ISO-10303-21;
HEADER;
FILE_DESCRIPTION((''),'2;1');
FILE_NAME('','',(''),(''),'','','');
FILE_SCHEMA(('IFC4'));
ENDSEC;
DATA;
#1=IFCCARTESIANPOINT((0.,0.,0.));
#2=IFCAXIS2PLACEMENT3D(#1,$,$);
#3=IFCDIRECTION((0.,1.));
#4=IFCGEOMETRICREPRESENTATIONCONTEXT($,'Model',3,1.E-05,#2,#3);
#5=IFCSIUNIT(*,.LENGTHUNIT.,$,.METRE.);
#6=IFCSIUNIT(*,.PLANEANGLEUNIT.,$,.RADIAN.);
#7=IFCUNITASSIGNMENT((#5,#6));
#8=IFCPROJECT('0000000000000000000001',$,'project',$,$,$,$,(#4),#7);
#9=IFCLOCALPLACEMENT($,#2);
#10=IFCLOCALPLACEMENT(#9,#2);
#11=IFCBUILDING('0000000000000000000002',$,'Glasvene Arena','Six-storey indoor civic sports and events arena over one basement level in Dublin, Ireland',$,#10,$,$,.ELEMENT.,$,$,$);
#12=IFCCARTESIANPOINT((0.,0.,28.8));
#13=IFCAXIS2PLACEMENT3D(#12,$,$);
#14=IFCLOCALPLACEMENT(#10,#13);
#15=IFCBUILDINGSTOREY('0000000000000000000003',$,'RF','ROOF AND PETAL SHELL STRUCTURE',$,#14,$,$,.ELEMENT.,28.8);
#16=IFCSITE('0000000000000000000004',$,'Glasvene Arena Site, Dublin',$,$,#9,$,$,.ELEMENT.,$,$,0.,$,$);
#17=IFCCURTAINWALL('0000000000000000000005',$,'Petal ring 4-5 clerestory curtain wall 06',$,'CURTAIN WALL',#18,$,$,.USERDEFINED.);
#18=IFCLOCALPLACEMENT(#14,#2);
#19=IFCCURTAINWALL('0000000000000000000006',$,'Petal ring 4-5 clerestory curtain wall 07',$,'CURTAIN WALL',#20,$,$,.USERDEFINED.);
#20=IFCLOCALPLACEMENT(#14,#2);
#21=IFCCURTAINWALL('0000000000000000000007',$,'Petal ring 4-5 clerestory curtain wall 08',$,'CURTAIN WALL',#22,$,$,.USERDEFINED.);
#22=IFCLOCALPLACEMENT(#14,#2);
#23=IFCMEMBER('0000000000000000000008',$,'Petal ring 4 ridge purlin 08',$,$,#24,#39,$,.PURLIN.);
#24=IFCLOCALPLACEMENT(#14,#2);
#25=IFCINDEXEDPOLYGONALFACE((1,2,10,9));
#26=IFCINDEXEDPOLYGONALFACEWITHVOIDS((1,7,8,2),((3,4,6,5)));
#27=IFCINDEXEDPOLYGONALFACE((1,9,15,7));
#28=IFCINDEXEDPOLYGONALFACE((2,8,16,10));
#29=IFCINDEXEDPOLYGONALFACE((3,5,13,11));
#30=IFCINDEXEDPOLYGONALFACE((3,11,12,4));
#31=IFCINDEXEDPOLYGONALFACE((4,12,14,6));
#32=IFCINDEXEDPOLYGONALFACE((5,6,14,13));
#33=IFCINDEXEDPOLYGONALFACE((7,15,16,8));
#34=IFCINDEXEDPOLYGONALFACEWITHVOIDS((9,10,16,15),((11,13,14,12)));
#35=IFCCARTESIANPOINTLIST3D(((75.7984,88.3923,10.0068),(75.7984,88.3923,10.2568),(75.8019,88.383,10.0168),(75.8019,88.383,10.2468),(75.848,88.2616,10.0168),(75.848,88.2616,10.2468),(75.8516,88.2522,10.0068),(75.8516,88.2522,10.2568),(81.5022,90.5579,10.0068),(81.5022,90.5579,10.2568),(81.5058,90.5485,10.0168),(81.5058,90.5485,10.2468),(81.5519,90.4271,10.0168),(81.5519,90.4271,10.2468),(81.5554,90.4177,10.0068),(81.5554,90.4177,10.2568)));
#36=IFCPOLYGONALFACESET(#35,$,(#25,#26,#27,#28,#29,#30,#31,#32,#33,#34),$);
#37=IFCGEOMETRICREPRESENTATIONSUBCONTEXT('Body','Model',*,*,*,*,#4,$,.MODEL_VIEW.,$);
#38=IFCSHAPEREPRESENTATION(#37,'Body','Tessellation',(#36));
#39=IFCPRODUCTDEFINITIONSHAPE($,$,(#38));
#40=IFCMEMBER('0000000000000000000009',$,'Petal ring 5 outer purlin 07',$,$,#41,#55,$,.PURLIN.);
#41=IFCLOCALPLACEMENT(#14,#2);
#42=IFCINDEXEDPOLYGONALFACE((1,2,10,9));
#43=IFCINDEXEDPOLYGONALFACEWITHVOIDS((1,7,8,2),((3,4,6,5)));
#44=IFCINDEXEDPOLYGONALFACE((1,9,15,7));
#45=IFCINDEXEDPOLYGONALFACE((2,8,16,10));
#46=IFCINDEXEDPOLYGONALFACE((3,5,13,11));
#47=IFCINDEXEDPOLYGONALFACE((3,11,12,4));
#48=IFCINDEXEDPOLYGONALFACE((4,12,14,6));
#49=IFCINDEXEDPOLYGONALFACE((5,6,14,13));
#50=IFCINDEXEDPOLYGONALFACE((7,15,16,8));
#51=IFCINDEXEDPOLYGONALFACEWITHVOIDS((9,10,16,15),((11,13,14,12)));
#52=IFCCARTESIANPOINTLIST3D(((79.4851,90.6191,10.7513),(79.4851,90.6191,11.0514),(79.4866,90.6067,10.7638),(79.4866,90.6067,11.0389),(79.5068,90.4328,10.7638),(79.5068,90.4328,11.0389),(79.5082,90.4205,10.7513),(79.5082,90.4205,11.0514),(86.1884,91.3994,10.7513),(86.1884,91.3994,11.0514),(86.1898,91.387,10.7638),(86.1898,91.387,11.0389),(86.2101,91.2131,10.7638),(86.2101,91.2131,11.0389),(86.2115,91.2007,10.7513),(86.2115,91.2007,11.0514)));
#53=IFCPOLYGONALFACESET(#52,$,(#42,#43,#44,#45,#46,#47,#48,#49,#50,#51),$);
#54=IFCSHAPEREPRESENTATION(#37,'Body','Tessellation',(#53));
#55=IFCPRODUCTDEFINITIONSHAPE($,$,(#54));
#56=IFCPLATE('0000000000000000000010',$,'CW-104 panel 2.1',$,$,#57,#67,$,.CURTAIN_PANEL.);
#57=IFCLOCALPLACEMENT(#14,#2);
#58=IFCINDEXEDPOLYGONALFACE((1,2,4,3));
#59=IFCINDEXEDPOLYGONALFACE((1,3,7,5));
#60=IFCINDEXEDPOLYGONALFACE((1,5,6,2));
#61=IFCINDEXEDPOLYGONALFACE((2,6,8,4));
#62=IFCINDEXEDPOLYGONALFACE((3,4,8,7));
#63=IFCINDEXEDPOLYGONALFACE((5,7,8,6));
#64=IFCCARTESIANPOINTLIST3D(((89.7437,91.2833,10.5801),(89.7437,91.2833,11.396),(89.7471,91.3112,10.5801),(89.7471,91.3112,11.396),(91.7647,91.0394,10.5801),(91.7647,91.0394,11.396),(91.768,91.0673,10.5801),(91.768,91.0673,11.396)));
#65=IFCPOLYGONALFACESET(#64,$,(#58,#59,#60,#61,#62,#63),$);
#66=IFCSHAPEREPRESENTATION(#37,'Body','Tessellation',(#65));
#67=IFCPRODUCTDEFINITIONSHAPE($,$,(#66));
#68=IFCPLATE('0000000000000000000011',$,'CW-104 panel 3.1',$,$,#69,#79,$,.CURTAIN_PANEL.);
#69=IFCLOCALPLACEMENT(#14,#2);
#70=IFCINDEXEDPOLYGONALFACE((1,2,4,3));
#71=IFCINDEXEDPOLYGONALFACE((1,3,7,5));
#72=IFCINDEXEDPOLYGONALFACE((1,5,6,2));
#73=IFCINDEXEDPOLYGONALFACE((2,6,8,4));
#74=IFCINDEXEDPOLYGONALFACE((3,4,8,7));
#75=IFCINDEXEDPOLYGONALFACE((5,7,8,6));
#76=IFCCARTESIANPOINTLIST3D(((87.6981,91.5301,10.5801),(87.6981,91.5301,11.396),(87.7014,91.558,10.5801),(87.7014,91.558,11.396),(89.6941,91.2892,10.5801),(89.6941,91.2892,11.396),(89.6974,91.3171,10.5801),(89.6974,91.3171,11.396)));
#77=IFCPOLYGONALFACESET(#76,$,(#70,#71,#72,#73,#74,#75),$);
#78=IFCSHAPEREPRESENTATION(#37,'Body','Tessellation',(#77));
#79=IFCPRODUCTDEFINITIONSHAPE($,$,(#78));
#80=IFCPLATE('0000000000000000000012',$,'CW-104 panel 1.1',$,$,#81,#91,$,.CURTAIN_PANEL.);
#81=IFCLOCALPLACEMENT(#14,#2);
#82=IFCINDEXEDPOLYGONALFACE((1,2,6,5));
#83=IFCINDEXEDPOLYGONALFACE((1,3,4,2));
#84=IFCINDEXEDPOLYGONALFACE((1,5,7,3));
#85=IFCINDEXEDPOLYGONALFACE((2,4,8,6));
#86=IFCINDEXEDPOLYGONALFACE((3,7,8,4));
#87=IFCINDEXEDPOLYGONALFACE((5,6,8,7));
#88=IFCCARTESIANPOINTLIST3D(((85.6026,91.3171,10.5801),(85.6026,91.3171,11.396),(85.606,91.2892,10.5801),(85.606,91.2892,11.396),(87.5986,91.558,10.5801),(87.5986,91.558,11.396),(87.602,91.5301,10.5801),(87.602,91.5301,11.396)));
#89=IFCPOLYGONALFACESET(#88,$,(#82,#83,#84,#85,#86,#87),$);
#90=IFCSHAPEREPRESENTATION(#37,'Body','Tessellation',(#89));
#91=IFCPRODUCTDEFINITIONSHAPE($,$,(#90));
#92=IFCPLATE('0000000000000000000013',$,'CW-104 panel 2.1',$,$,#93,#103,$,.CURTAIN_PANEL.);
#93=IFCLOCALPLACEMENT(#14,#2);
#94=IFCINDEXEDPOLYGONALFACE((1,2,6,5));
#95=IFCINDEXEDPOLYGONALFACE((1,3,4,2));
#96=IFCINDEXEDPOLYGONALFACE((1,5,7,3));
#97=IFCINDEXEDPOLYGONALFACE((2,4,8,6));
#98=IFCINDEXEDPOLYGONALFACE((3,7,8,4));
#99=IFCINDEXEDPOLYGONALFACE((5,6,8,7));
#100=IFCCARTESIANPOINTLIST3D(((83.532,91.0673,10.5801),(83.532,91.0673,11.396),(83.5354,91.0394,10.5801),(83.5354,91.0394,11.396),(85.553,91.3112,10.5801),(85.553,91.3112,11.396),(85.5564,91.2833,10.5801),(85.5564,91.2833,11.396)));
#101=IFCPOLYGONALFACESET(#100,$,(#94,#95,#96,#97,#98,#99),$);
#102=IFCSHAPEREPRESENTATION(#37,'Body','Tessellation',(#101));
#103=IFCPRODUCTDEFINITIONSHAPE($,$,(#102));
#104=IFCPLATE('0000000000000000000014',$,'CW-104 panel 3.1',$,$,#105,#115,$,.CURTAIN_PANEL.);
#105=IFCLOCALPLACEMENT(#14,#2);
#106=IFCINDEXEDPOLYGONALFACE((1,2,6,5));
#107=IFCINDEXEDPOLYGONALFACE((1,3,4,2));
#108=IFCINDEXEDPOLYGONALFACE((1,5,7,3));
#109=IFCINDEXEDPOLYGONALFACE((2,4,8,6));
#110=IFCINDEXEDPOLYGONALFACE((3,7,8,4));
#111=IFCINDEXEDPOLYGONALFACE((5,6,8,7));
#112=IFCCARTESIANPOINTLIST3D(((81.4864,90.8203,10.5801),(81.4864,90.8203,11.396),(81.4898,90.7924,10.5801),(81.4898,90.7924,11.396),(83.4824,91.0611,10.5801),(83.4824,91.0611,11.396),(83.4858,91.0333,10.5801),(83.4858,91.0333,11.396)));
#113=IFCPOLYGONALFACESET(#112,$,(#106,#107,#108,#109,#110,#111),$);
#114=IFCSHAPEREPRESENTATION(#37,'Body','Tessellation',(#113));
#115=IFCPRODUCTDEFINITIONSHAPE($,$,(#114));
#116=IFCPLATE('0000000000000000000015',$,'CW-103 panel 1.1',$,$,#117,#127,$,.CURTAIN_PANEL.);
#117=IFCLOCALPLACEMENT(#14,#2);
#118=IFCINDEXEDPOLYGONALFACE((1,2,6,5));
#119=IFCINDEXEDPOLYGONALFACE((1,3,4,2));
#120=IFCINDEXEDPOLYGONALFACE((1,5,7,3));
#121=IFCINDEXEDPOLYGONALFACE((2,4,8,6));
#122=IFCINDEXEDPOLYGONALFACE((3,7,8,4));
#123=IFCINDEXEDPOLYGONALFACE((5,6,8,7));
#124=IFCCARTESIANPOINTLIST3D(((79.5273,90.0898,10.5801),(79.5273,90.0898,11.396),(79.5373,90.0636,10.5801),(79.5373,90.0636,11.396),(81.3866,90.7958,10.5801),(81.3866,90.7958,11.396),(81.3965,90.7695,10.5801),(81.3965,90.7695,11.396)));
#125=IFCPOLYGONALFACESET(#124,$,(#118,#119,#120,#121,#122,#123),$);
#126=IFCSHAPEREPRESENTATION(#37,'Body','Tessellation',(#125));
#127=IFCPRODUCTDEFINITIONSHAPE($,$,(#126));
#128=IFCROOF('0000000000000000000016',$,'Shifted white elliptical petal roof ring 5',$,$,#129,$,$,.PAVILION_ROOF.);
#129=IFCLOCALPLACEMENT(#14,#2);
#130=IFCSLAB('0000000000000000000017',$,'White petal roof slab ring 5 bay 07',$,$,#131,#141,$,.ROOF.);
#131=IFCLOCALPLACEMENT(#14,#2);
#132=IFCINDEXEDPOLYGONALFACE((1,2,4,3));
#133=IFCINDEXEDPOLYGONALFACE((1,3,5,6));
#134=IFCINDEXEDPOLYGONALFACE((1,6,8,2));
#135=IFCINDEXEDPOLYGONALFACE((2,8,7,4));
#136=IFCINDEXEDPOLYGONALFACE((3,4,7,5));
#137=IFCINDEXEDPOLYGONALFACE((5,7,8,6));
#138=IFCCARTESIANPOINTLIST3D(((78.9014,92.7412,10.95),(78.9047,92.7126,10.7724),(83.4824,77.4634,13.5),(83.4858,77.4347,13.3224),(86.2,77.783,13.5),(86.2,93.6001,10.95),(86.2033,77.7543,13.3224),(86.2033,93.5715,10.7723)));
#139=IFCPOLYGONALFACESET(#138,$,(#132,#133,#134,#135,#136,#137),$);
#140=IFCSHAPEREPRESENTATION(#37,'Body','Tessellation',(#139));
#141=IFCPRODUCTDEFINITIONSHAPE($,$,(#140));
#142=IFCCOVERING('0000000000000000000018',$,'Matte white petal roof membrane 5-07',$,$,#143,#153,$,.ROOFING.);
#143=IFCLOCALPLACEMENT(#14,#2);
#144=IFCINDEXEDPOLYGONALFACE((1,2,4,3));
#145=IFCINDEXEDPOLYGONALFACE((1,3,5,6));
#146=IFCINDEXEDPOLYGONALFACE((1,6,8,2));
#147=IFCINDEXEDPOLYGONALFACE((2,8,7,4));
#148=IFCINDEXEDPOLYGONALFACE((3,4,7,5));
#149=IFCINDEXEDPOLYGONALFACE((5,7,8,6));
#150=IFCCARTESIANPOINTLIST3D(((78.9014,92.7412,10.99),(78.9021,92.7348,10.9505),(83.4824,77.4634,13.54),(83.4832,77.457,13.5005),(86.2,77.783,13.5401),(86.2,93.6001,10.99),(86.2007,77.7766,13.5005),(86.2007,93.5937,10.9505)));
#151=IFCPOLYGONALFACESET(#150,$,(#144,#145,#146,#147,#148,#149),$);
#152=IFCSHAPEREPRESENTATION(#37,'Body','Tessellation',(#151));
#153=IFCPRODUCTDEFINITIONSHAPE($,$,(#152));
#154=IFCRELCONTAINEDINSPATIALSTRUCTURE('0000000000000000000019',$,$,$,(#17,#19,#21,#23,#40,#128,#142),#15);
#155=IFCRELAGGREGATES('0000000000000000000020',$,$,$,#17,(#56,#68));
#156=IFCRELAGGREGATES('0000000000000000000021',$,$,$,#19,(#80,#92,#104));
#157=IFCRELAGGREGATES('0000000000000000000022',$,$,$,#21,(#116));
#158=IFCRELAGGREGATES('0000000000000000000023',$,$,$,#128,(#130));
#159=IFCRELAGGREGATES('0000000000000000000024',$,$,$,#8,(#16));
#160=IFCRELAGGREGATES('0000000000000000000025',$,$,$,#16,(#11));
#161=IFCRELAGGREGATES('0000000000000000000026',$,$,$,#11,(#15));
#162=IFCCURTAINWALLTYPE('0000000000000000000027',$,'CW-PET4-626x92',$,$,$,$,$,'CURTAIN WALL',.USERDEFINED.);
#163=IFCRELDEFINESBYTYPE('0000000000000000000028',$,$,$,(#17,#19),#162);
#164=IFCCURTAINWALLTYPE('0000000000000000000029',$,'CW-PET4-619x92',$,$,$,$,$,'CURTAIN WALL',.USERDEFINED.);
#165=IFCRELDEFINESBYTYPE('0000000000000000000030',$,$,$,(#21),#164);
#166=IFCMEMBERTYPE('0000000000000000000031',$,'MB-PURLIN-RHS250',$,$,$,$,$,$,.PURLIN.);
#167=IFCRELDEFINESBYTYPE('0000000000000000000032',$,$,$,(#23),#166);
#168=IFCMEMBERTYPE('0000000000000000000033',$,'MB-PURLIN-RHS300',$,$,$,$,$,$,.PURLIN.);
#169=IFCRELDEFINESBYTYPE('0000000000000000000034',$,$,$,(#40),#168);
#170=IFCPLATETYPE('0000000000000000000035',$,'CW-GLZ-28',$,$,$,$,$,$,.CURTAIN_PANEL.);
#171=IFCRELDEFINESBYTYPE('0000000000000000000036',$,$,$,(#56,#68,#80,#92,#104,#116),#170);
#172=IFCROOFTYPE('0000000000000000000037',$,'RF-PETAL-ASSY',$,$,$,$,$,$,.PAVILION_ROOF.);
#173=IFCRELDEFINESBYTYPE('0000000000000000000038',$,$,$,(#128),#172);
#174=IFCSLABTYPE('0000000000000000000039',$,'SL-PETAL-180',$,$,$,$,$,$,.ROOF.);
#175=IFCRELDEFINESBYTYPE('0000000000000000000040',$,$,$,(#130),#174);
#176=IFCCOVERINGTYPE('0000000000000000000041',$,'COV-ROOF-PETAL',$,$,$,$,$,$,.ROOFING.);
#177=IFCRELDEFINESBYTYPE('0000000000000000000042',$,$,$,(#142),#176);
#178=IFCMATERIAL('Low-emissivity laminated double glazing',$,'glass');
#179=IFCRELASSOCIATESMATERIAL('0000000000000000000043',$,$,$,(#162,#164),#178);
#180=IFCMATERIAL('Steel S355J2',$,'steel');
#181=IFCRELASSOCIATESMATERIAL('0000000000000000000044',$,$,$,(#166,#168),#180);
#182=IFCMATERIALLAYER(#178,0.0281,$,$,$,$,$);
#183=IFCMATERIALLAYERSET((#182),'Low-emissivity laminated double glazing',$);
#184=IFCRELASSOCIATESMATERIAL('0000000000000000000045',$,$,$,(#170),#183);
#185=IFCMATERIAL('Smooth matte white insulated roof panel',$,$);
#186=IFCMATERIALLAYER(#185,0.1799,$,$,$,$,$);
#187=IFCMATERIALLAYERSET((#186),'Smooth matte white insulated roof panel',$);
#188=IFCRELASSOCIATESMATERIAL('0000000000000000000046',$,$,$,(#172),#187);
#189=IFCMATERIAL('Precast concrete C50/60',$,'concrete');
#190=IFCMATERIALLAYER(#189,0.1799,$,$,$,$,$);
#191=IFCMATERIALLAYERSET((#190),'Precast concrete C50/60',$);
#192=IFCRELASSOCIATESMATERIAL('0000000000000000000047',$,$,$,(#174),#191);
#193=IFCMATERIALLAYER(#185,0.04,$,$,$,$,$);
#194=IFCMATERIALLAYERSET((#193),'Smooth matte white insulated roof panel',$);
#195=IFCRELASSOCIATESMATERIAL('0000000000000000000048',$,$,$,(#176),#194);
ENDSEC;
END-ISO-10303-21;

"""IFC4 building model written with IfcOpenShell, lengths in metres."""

from ifc_helpers import new_model, si_unit, direction, frame, origin, origin_2d, place, context, subcontext, project, spatial, polyline, rectangle, hollow_rectangle, outline, extrude, material, layer, layer_set, material_profile, profile_set, type_object, element, aggregate, save


model = new_model("IFC4")

# Units and contexts
model_context = context("Model", 3, precision=1e-05, world=origin(), true_north=direction((0.0, 1.0)))
body_context = subcontext(model_context, "Body", "Model", "MODEL_VIEW")
ifc_project = project(units=[si_unit("LENGTHUNIT", "METRE"), si_unit("PLANEANGLEUNIT", "RADIAN")], contexts=[model_context])

# Site, building, storey
site_placement = place(None, origin())
site = spatial("IfcSite", under=ifc_project, at=site_placement, Name="Glasvene Arena Site, Dublin", CompositionType="ELEMENT", RefElevation=0.0)
building_placement = place(site_placement, origin())
building = spatial("IfcBuilding", under=site, at=building_placement, Name="Glasvene Arena", Description="Six-storey indoor civic sports and events arena over one basement level in Dublin, Ireland", CompositionType="ELEMENT")
storey_placement = place(building_placement, frame((0.0, 0.0, 28.8)))
storey = spatial("IfcBuildingStorey", under=building, at=storey_placement, Name="RF", Description="ROOF AND PETAL SHELL STRUCTURE", CompositionType="ELEMENT", Elevation=28.8)

# Curtain walls
ifc_material_1 = material(Name="Low-emissivity laminated double glazing", Category="glass")
curtain_wall_type_1 = type_object("IfcCurtainWallType", Name="CW-PET4-626x92", ElementType="CURTAIN WALL", PredefinedType="USERDEFINED", material=ifc_material_1)
curtain_wall_1_placement = place(storey_placement, frame((93.8618, 90.8003, 0.0)))
curtain_wall_1 = element("IfcCurtainWall", 1, at=curtain_wall_1_placement, inside=storey, type_object=curtain_wall_type_1, Name="Petal ring 4-5 clerestory curtain wall 06", ObjectType="CURTAIN WALL", PredefinedType="USERDEFINED")
curtain_wall_2_placement = place(storey_placement, frame((87.6499, 91.55, 0.0)))
curtain_wall_2 = element("IfcCurtainWall", 2, at=curtain_wall_2_placement, inside=storey, type_object=curtain_wall_type_1, Name="Petal ring 4-5 clerestory curtain wall 07", ObjectType="CURTAIN WALL", PredefinedType="USERDEFINED")

# Curtain wall
curtain_wall_type_2 = type_object("IfcCurtainWallType", Name="CW-PET4-619x92", ElementType="CURTAIN WALL", PredefinedType="USERDEFINED", material=ifc_material_1)
curtain_wall_3_placement = place(storey_placement, frame((81.4382, 90.8003, 0.0)))
curtain_wall_3 = element("IfcCurtainWall", 3, at=curtain_wall_3_placement, inside=storey, type_object=curtain_wall_type_2, Name="Petal ring 4-5 clerestory curtain wall 08", ObjectType="CURTAIN WALL", PredefinedType="USERDEFINED")

# Members
ifc_material_2 = material(Name="Steel S355J2", Category="steel")
ifc_material_profile_1 = material_profile(ifc_material_2, hollow_rectangle(XDim=0.1499, YDim=0.25, WallThickness=0.01, at=origin_2d()), Name="RHS 250x150x10.0")
ifc_profile_set_1 = profile_set([ifc_material_profile_1], Name="Steel S355J2")
member_type_1 = type_object("IfcMemberType", Name="MB-PURLIN-RHS250", PredefinedType="PURLIN", material=ifc_profile_set_1)
member_1_placement = place(storey_placement, frame((81.5288, 90.4878, 10.1318), z_axis=(-0.934889, -0.35494, 0.0), x_axis=(0.35494, -0.934889, 0.0)))
element("IfcMember", 4, at=member_1_placement, inside=storey, type_object=member_type_1, Name="Petal ring 4 ridge purlin 08", PredefinedType="PURLIN", context=body_context, shape_type="SweptSolid", body=[
    extrude(hollow_rectangle(XDim=0.1499, YDim=0.25, WallThickness=0.01, at=origin_2d()), origin(), (0.0, 0.0, 1.0), 6.1011),
])
ifc_material_profile_2 = material_profile(ifc_material_2, hollow_rectangle(XDim=0.2, YDim=0.3, WallThickness=0.0125, at=origin_2d()), Name="RHS 300x200x12.5")
ifc_profile_set_2 = profile_set([ifc_material_profile_2], Name="Steel S355J2")
member_type_2 = type_object("IfcMemberType", Name="MB-PURLIN-RHS300", PredefinedType="PURLIN", material=ifc_profile_set_2)
member_2_placement = place(storey_placement, frame((86.2, 91.3, 10.9014), z_axis=(-0.993294, -0.11562, 0.0), x_axis=(0.11562, -0.993294, 0.0)))
element("IfcMember", 5, at=member_2_placement, inside=storey, type_object=member_type_2, Name="Petal ring 5 outer purlin 07", PredefinedType="PURLIN", context=body_context, shape_type="SweptSolid", body=[
    extrude(hollow_rectangle(XDim=0.2, YDim=0.3, WallThickness=0.0125, at=origin_2d()), origin(), (0.0, 0.0, 1.0), 6.7485),
])

# Plates
ifc_layer_1 = layer(ifc_material_1, 0.0281)
ifc_layer_set_1 = layer_set([ifc_layer_1], Name="Low-emissivity laminated double glazing")
plate_type = type_object("IfcPlateType", Name="CW-GLZ-28", PredefinedType="CURTAIN_PANEL", material=ifc_layer_set_1)
plate_1_placement = place(storey_placement, frame((90.7559, 91.1753, 10.5801), z_axis=(0.0, 0.0, 1.0), x_axis=(-0.992797, 0.119806, 0.0)))
plate_1 = element("IfcPlate", 6, at=plate_1_placement, type_object=plate_type, Name="CW-104 panel 2.1", PredefinedType="CURTAIN_PANEL", context=body_context, shape_type="SweptSolid", body=[
    extrude(rectangle(XDim=2.0356, YDim=0.0281, at=origin_2d()), origin(), (0.0, 0.0, 1.0), 0.8159),
])
plate_2_placement = place(storey_placement, frame((88.6978, 91.4236, 10.5801), z_axis=(0.0, 0.0, 1.0), x_axis=(-0.992797, 0.119806, 0.0)))
plate_2 = element("IfcPlate", 7, at=plate_2_placement, type_object=plate_type, Name="CW-104 panel 3.1", PredefinedType="CURTAIN_PANEL", context=body_context, shape_type="SweptSolid", body=[
    extrude(rectangle(XDim=2.0105, YDim=0.0281, at=origin_2d()), origin(), (0.0, 0.0, 1.0), 0.8159),
])
aggregate(curtain_wall_1, [plate_1, plate_2])
plate_3_placement = place(storey_placement, frame((86.6023, 91.4236, 10.5801), z_axis=(0.0, 0.0, 1.0), x_axis=(-0.992797, -0.119806, 0.0)))
plate_3 = element("IfcPlate", 8, at=plate_3_placement, type_object=plate_type, Name="CW-104 panel 1.1", PredefinedType="CURTAIN_PANEL", context=body_context, shape_type="SweptSolid", body=[
    extrude(rectangle(XDim=2.0105, YDim=0.0281, at=origin_2d()), origin(), (0.0, 0.0, 1.0), 0.8159),
])
plate_4_placement = place(storey_placement, frame((84.5442, 91.1753, 10.5801), z_axis=(0.0, 0.0, 1.0), x_axis=(-0.992797, -0.119806, 0.0)))
plate_4 = element("IfcPlate", 9, at=plate_4_placement, type_object=plate_type, Name="CW-104 panel 2.1", PredefinedType="CURTAIN_PANEL", context=body_context, shape_type="SweptSolid", body=[
    extrude(rectangle(XDim=2.0356, YDim=0.0281, at=origin_2d()), origin(), (0.0, 0.0, 1.0), 0.8159),
])
plate_5_placement = place(storey_placement, frame((82.4861, 90.9268, 10.5801), z_axis=(0.0, 0.0, 1.0), x_axis=(-0.992797, -0.119806, 0.0)))
plate_5 = element("IfcPlate", 10, at=plate_5_placement, type_object=plate_type, Name="CW-104 panel 3.1", PredefinedType="CURTAIN_PANEL", context=body_context, shape_type="SweptSolid", body=[
    extrude(rectangle(XDim=2.0105, YDim=0.0281, at=origin_2d()), origin(), (0.0, 0.0, 1.0), 0.8159),
])
aggregate(curtain_wall_2, [plate_3, plate_4, plate_5])
plate_6_placement = place(storey_placement, frame((80.4619, 90.4297, 10.5801), z_axis=(0.0, 0.0, 1.0), x_axis=(-0.934878, -0.35497, 0.0)))
plate_6 = element("IfcPlate", 11, at=plate_6_placement, type_object=plate_type, Name="CW-103 panel 1.1", PredefinedType="CURTAIN_PANEL", context=body_context, shape_type="SweptSolid", body=[
    extrude(rectangle(XDim=1.9888, YDim=0.0281, at=origin_2d()), origin(), (0.0, 0.0, 1.0), 0.8159),
])
aggregate(curtain_wall_3, [plate_6])

# Roof, slab
ifc_material_3 = material(Name="Smooth matte white insulated roof panel")
ifc_layer_2 = layer(ifc_material_3, 0.1799)
ifc_layer_set_2 = layer_set([ifc_layer_2], Name="Smooth matte white insulated roof panel")
roof_type = type_object("IfcRoofType", Name="RF-PETAL-ASSY", PredefinedType="PAVILION_ROOF", material=ifc_layer_set_2)
roof_placement = place(storey_placement, frame((86.2, 68.3999, 10.95)))
roof = element("IfcRoof", 12, at=roof_placement, inside=storey, type_object=roof_type, Name="Shifted white elliptical petal roof ring 5", PredefinedType="PAVILION_ROOF")
ifc_material_4 = material(Name="Precast concrete C50/60", Category="concrete")
ifc_layer_3 = layer(ifc_material_4, 0.1799)
ifc_layer_set_3 = layer_set([ifc_layer_3], Name="Precast concrete C50/60")
slab_type = type_object("IfcSlabType", Name="SL-PETAL-180", PredefinedType="ROOF", material=ifc_layer_set_3)
slab_placement = place(storey_placement, frame((86.2, 93.6001, 10.95), z_axis=(-0.018724, 0.159139, 0.987079), x_axis=(-0.993147, -0.116872, 0.000003)))
slab = element("IfcSlab", 13, at=slab_placement, type_object=slab_type, Name="White petal roof slab ring 5 bay 07", PredefinedType="ROOF", context=body_context, shape_type="SweptSolid", body=[
    extrude(outline(polyline([(0.0, 0.0), (7.3489, 0.0), (4.5848, 15.9142), (1.8486, 15.9144), (0.0, 0.0)])), origin(), (0.0, 0.0, -1.0), 0.1799),
])
aggregate(roof, [slab])

# Covering
ifc_layer_4 = layer(ifc_material_3, 0.04)
ifc_layer_set_4 = layer_set([ifc_layer_4], Name="Smooth matte white insulated roof panel")
covering_type = type_object("IfcCoveringType", Name="COV-ROOF-PETAL", PredefinedType="ROOFING", material=ifc_layer_set_4)
covering_placement = place(storey_placement, frame((86.2, 93.6001, 10.99), z_axis=(-0.018724, 0.159139, 0.987079), x_axis=(-0.993147, -0.116872, 0.000003)))
element("IfcCovering", 14, at=covering_placement, inside=storey, type_object=covering_type, Name="Matte white petal roof membrane 5-07", PredefinedType="ROOFING", context=body_context, shape_type="SweptSolid", body=[
    extrude(outline(polyline([(0.0, 0.0), (7.3489, 0.0), (4.5848, 15.9142), (1.8486, 15.9144), (0.0, 0.0)])), origin(), (0.0, 0.0, -1.0), 0.04),
])

save(model, "model.ifc")
